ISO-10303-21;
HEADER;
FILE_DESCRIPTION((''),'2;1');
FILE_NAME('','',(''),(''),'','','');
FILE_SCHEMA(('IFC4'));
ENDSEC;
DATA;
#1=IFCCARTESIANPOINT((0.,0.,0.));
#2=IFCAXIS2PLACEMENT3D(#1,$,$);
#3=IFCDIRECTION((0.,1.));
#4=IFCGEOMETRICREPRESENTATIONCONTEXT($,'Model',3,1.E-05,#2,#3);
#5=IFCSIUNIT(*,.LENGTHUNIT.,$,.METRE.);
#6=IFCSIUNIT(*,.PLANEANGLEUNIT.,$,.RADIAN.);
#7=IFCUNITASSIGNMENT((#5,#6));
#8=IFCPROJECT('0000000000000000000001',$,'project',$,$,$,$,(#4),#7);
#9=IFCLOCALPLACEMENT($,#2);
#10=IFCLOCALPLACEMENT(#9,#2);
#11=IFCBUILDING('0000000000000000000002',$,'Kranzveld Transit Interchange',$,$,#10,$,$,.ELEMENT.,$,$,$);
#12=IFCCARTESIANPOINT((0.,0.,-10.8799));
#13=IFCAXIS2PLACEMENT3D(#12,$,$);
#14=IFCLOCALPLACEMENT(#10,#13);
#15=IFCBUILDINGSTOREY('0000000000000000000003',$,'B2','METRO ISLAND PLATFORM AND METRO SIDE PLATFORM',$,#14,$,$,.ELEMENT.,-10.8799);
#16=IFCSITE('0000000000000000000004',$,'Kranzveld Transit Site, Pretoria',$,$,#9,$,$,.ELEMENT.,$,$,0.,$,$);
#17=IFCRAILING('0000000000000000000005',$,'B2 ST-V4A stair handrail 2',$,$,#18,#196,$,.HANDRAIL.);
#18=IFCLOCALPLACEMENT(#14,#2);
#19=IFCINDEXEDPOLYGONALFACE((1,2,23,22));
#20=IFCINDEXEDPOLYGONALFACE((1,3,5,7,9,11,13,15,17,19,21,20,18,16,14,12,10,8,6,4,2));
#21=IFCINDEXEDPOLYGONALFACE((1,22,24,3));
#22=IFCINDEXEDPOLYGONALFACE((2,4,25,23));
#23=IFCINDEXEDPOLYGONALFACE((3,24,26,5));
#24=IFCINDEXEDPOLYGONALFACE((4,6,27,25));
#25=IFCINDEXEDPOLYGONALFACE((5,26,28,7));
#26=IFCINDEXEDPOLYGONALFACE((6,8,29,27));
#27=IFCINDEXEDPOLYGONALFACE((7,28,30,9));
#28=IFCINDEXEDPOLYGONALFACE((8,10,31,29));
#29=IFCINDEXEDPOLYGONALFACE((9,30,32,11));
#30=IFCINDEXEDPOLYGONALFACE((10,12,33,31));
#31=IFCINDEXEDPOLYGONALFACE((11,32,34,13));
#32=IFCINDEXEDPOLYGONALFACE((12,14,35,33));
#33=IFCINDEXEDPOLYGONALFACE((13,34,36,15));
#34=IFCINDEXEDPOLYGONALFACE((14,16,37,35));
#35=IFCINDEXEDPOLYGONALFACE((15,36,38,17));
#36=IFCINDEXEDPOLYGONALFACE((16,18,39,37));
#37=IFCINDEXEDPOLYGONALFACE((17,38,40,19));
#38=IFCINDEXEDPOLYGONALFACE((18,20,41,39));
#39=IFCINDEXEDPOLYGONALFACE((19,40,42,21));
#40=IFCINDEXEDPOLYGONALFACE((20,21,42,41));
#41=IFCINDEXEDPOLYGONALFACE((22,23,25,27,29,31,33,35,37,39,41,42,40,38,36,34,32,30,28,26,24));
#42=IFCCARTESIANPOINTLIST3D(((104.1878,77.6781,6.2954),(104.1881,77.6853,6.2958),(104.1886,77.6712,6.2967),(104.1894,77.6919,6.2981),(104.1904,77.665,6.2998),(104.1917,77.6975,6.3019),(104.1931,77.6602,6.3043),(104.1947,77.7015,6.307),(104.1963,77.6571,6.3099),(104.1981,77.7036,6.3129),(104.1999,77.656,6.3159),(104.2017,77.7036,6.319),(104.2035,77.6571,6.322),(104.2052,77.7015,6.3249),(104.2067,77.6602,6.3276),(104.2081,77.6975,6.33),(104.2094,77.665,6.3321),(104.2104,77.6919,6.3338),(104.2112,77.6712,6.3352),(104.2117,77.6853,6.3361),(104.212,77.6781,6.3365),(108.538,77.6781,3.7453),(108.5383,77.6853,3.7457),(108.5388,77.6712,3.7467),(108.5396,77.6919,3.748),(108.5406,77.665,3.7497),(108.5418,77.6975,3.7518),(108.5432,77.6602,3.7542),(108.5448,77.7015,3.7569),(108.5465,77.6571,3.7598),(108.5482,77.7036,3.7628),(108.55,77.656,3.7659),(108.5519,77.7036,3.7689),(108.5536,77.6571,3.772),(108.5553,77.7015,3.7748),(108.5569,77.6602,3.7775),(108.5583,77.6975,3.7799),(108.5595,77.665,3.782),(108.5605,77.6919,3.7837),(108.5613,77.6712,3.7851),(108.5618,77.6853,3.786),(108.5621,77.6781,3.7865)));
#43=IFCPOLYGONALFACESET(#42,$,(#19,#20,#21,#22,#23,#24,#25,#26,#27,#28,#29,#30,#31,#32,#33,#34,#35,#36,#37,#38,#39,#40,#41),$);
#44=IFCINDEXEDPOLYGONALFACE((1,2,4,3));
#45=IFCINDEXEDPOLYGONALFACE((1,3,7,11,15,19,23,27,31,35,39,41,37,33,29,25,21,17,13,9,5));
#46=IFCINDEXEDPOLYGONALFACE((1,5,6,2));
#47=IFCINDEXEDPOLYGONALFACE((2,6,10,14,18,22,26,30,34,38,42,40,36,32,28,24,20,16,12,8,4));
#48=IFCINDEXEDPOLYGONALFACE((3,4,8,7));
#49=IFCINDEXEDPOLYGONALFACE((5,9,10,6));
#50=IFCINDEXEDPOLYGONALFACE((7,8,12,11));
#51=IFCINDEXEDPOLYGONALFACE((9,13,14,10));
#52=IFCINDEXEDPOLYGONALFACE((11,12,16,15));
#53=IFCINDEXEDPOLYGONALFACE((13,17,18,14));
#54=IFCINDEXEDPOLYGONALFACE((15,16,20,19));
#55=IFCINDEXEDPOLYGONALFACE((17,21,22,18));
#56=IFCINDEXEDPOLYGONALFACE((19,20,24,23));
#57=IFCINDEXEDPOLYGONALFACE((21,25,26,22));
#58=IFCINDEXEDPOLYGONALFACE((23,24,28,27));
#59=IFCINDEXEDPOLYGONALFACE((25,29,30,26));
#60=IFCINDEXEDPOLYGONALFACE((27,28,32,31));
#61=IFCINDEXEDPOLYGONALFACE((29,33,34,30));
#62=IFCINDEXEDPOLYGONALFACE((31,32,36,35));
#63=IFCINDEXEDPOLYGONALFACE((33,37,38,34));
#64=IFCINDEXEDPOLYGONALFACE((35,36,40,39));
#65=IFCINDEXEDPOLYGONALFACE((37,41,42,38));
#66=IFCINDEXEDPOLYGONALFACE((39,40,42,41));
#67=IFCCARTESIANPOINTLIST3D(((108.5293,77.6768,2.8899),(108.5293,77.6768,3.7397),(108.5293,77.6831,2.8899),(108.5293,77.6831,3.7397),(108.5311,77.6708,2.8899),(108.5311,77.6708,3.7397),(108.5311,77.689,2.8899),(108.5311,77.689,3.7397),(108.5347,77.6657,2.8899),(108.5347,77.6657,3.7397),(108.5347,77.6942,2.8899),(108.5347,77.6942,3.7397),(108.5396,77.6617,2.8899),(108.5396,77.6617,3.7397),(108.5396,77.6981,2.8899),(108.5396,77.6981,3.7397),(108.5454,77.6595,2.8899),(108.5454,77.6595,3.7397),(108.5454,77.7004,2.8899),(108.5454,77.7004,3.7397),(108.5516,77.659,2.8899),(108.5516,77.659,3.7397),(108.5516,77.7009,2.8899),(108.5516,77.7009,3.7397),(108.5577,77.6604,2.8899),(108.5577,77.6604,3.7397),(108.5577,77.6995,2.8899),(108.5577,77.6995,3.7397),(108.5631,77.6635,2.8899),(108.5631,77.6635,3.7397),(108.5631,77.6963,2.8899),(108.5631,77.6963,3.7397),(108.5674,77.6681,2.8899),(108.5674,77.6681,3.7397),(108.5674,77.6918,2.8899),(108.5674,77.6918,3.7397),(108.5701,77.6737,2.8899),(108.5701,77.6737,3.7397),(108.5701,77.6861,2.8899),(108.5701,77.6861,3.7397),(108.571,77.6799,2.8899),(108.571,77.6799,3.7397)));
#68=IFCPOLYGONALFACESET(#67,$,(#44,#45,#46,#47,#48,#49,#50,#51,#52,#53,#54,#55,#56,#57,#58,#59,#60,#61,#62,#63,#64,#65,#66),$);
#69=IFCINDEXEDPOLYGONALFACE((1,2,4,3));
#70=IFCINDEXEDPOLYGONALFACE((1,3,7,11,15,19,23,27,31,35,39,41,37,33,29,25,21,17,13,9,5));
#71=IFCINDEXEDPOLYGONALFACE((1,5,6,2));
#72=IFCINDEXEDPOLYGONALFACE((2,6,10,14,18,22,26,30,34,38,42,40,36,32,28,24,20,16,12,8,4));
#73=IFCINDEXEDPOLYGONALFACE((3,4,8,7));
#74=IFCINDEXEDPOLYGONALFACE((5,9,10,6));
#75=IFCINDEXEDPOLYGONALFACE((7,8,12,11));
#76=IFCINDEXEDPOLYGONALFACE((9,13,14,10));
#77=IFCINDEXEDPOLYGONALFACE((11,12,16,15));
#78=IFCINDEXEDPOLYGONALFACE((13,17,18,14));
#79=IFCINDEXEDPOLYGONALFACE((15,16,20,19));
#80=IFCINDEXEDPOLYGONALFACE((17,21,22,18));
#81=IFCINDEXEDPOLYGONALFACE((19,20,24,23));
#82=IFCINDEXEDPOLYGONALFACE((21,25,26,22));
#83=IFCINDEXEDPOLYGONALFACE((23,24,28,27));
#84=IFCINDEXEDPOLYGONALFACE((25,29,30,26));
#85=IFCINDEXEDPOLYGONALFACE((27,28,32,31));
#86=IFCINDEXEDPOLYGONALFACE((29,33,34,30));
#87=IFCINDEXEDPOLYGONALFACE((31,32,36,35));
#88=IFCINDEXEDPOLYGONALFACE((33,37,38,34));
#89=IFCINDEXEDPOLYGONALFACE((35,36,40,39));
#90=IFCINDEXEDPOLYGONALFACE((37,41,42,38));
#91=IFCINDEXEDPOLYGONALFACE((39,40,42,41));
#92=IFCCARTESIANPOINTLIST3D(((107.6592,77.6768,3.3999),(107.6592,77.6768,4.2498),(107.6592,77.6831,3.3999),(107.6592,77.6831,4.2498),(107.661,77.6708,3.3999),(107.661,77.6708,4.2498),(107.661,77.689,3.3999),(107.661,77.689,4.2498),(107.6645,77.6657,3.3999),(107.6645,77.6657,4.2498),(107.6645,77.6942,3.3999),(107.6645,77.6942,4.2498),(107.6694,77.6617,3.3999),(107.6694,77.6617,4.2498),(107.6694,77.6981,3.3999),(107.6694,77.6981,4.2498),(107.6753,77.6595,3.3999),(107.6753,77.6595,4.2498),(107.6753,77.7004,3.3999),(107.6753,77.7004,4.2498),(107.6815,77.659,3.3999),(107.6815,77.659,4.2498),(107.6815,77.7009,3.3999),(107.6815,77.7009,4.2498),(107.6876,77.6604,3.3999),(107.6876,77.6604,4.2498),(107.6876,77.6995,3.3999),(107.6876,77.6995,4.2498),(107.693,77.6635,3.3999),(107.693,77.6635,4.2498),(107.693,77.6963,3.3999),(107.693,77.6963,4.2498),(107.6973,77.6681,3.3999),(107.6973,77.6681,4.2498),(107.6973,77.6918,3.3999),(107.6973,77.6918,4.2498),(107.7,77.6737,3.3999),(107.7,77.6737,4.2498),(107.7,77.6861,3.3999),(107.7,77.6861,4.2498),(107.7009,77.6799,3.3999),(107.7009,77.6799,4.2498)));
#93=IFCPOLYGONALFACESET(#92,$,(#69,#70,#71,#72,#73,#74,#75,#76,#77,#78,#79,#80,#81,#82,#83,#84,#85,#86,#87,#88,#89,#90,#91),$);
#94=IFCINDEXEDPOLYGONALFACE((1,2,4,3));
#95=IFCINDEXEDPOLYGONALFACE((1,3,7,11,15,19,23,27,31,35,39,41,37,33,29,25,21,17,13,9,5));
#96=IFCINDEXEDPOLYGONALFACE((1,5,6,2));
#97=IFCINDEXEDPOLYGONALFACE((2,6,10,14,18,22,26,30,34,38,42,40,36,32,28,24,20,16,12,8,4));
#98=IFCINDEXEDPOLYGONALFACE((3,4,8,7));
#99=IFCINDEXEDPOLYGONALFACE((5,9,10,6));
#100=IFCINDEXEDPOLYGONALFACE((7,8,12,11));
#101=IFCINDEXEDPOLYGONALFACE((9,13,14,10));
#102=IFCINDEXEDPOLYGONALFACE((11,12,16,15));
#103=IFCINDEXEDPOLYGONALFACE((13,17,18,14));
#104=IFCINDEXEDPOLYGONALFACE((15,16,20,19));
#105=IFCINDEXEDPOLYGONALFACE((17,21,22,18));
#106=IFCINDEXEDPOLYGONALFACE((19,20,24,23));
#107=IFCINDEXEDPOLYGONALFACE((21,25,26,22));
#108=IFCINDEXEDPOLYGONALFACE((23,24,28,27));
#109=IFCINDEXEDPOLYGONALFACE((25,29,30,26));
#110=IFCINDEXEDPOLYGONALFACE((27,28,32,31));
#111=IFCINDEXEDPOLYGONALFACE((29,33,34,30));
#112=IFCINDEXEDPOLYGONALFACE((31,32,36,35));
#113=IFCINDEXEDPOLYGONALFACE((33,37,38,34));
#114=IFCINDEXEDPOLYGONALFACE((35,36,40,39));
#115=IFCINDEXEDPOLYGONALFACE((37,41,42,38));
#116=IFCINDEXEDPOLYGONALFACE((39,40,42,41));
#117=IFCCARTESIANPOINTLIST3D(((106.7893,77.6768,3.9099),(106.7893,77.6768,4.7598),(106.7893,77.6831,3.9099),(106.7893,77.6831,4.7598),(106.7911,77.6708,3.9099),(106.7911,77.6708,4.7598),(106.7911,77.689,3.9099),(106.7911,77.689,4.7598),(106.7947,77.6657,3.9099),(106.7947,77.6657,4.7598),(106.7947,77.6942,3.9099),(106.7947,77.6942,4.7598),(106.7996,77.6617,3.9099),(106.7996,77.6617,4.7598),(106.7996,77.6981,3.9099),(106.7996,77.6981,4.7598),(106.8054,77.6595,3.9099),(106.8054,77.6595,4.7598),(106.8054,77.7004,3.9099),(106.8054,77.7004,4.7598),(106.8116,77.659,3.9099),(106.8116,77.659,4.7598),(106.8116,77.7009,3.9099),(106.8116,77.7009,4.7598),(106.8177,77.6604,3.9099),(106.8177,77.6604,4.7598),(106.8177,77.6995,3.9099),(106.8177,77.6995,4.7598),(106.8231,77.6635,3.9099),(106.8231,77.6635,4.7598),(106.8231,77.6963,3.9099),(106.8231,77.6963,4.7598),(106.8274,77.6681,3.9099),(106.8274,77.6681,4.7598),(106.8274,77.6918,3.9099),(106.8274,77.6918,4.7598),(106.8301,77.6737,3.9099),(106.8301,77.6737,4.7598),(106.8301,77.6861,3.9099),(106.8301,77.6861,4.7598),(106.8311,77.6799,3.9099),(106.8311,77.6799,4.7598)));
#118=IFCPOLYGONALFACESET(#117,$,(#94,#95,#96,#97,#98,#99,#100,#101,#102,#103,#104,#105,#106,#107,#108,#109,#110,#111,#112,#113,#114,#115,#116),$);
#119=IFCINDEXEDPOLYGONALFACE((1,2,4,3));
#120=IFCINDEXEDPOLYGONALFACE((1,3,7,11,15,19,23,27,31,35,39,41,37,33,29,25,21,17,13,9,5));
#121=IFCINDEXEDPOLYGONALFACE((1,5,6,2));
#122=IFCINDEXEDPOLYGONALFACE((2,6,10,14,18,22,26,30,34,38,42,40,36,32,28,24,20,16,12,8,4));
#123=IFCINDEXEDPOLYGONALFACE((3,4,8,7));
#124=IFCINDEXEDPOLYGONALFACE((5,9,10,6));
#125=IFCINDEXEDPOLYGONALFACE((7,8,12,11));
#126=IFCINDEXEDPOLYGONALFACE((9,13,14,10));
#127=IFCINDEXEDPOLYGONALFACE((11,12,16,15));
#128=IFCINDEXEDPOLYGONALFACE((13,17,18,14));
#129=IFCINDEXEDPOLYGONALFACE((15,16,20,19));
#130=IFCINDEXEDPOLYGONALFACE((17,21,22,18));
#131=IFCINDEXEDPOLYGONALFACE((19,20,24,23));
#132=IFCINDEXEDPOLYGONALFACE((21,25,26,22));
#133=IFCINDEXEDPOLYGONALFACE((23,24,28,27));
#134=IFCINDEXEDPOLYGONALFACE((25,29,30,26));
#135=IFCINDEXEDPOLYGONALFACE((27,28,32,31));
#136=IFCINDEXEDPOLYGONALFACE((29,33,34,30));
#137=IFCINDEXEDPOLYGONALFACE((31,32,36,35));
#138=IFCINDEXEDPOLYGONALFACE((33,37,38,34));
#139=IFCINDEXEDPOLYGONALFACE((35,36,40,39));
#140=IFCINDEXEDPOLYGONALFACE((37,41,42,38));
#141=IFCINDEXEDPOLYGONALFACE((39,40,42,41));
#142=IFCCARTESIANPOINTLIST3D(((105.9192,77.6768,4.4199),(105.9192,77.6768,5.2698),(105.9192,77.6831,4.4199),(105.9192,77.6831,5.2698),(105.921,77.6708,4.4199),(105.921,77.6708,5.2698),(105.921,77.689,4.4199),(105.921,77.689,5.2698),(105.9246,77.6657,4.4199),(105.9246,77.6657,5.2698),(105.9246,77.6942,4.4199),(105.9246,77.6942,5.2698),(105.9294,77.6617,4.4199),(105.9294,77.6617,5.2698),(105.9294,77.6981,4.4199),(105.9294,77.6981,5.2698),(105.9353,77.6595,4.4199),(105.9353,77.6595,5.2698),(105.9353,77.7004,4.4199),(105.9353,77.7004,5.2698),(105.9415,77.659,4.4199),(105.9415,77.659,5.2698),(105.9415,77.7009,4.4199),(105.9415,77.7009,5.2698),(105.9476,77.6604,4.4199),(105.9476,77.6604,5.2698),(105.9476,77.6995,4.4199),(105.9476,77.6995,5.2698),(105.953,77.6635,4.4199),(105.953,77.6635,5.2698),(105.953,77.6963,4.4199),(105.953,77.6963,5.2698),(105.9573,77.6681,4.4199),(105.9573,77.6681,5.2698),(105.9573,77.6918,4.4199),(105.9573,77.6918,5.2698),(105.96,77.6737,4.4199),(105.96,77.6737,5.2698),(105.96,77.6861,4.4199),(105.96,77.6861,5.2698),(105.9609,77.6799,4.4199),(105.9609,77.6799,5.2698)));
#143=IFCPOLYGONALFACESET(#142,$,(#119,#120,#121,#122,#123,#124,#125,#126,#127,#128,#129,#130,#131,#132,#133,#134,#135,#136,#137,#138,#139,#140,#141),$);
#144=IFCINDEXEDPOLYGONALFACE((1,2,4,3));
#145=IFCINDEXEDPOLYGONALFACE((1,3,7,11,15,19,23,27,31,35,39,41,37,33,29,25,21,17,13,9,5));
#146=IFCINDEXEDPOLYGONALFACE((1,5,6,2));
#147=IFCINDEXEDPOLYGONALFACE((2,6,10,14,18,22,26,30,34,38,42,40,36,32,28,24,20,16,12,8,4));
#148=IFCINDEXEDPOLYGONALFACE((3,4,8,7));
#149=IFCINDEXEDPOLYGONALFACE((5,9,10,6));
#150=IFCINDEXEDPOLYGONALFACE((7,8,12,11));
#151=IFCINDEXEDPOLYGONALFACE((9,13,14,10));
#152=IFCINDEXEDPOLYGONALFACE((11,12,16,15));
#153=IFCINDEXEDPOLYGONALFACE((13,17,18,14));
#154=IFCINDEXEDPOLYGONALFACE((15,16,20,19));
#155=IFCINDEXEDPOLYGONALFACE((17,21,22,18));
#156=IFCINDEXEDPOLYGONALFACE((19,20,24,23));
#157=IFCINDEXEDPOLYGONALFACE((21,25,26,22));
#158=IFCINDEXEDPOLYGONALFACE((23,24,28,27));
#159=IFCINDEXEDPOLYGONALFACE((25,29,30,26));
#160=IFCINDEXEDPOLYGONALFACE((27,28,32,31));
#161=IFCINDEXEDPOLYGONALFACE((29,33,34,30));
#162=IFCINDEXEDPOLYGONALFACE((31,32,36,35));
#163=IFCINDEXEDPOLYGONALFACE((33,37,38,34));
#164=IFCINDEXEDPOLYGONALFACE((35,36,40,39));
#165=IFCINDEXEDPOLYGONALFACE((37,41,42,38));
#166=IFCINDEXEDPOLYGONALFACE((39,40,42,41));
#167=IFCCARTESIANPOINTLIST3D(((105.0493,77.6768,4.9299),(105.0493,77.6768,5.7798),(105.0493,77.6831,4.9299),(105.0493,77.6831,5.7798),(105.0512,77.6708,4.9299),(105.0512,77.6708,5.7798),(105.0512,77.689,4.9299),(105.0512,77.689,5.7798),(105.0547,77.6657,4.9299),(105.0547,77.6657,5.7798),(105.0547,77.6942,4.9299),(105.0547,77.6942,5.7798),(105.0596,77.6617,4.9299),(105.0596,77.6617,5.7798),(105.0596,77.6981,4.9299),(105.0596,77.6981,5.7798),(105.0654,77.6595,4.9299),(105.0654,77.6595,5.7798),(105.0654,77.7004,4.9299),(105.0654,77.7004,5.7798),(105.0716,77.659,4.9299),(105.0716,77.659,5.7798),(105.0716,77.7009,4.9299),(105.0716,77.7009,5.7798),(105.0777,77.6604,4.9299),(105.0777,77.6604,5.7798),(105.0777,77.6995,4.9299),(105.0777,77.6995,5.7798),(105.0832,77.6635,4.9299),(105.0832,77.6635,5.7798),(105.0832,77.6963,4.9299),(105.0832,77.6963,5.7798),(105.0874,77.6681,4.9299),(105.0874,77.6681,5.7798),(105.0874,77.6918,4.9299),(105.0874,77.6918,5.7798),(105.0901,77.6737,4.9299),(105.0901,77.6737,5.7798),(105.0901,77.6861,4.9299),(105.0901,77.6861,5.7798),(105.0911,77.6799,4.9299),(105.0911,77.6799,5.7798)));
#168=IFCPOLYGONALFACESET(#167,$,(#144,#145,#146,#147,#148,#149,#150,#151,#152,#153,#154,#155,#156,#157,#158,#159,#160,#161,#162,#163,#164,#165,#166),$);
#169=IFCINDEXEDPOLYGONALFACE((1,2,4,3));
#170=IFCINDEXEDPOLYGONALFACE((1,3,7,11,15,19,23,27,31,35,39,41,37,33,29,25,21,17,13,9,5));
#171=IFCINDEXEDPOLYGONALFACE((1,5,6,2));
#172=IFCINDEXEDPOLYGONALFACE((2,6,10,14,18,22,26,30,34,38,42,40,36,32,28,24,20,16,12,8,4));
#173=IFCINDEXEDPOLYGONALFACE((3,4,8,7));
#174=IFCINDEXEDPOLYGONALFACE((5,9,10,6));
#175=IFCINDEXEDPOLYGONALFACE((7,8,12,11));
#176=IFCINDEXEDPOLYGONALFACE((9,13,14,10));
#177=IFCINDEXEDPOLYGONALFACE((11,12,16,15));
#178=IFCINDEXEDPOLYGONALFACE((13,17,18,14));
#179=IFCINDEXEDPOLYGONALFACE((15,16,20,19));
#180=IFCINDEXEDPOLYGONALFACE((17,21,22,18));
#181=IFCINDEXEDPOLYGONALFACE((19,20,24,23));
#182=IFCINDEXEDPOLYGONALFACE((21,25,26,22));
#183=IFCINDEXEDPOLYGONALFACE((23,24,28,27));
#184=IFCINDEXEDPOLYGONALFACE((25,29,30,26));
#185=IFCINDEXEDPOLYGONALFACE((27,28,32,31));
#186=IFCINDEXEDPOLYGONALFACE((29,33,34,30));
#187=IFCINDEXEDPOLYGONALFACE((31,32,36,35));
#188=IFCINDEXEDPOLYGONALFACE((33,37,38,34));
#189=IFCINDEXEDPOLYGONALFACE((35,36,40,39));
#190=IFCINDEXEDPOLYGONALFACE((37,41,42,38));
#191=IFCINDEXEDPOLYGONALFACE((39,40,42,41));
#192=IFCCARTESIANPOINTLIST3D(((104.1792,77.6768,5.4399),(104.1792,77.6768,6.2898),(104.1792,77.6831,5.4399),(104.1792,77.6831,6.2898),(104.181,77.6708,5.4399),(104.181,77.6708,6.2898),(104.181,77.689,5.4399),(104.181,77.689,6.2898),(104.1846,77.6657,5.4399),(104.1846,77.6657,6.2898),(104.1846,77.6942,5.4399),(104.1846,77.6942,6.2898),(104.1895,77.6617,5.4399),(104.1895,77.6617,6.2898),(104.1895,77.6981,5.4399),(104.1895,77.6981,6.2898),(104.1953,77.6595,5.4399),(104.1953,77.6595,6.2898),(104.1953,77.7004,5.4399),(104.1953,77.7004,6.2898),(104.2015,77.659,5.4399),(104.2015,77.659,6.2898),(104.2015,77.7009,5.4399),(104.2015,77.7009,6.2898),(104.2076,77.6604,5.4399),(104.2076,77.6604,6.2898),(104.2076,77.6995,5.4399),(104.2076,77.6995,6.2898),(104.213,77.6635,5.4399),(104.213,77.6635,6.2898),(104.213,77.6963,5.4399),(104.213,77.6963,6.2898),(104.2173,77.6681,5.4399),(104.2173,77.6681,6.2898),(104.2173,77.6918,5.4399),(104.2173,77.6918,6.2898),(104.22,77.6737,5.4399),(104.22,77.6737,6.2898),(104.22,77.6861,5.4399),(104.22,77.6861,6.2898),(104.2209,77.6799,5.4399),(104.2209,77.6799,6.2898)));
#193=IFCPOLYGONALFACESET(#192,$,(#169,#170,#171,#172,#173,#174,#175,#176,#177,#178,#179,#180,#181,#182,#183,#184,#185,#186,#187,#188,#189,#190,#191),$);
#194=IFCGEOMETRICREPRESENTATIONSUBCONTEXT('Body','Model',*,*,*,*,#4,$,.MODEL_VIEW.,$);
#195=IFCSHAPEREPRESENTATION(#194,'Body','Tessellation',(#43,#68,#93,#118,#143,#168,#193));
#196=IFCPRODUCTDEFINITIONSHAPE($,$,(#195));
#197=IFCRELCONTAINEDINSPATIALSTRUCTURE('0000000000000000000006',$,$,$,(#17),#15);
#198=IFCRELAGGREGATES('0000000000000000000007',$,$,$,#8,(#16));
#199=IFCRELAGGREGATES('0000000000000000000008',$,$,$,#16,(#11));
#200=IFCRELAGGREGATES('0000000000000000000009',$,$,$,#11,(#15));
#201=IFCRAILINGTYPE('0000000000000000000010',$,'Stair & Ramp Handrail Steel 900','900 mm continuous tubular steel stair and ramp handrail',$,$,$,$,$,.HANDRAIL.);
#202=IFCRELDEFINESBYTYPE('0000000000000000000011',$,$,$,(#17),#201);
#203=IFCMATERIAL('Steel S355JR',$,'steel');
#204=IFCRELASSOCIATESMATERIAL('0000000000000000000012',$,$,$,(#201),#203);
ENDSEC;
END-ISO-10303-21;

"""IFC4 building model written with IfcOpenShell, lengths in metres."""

from ifc_helpers import new_model, si_unit, direction, frame, origin, origin_2d, place, context, subcontext, project, spatial, circle, extrude, material, type_object, element, save


model = new_model("IFC4")

# Units and contexts
model_context = context("Model", 3, precision=1e-05, world=origin(), true_north=direction((0.0, 1.0)))
body_context = subcontext(model_context, "Body", "Model", "MODEL_VIEW")
ifc_project = project(units=[si_unit("LENGTHUNIT", "METRE"), si_unit("PLANEANGLEUNIT", "RADIAN")], contexts=[model_context])

# Site, building, storey
site_placement = place(None, origin())
site = spatial("IfcSite", under=ifc_project, at=site_placement, Name="Kranzveld Transit Site, Pretoria", CompositionType="ELEMENT", RefElevation=0.0)
building_placement = place(site_placement, origin())
building = spatial("IfcBuilding", under=site, at=building_placement, Name="Kranzveld Transit Interchange", CompositionType="ELEMENT")
storey_placement = place(building_placement, frame((0.0, 0.0, -10.8799)))
storey = spatial("IfcBuildingStorey", under=building, at=storey_placement, Name="B2", Description="METRO ISLAND PLATFORM AND METRO SIDE PLATFORM", CompositionType="ELEMENT", Elevation=-10.8799)

# Railing
ifc_material_1 = material(Name="Steel S355JR", Category="steel")
railing_type_1 = type_object("IfcRailingType", Name="Stair & Ramp Handrail Steel 900", Description="900 mm continuous tubular steel stair and ramp handrail", PredefinedType="HANDRAIL", material=ifc_material_1)
railing_1_placement = place(storey_placement, frame((108.55, 77.6799, 2.8899)))
element("IfcRailing", 1, at=railing_1_placement, inside=storey, type_object=railing_type_1, Name="B2 ST-V4A stair handrail 2", PredefinedType="HANDRAIL", context=body_context, shape_type="SweptSolid", body=[
    extrude(circle(Radius=0.0239, at=origin_2d()), frame((0.0, 0.0, 0.876), z_axis=(-0.862699, 0.0, 0.505718), x_axis=(0.0, -1.0, 0.0)), (0.0, 0.0, 1.0), 5.0425),
    extrude(circle(Radius=0.021, at=origin_2d()), origin(), (0.0, 0.0, 1.0), 0.8499),
    extrude(circle(Radius=0.021, at=origin_2d()), frame((-0.8701, 0.0, 0.51)), (0.0, 0.0, 1.0), 0.8499),
    extrude(circle(Radius=0.021, at=origin_2d()), frame((-1.74, 0.0, 1.02)), (0.0, 0.0, 1.0), 0.8499),
    extrude(circle(Radius=0.021, at=origin_2d()), frame((-2.6101, 0.0, 1.53)), (0.0, 0.0, 1.0), 0.8499),
    extrude(circle(Radius=0.021, at=origin_2d()), frame((-3.48, 0.0, 2.04)), (0.0, 0.0, 1.0), 0.8499),
    extrude(circle(Radius=0.021, at=origin_2d()), frame((-4.3501, 0.0, 2.55)), (0.0, 0.0, 1.0), 0.8499),
])

save(model, "model.ifc")
